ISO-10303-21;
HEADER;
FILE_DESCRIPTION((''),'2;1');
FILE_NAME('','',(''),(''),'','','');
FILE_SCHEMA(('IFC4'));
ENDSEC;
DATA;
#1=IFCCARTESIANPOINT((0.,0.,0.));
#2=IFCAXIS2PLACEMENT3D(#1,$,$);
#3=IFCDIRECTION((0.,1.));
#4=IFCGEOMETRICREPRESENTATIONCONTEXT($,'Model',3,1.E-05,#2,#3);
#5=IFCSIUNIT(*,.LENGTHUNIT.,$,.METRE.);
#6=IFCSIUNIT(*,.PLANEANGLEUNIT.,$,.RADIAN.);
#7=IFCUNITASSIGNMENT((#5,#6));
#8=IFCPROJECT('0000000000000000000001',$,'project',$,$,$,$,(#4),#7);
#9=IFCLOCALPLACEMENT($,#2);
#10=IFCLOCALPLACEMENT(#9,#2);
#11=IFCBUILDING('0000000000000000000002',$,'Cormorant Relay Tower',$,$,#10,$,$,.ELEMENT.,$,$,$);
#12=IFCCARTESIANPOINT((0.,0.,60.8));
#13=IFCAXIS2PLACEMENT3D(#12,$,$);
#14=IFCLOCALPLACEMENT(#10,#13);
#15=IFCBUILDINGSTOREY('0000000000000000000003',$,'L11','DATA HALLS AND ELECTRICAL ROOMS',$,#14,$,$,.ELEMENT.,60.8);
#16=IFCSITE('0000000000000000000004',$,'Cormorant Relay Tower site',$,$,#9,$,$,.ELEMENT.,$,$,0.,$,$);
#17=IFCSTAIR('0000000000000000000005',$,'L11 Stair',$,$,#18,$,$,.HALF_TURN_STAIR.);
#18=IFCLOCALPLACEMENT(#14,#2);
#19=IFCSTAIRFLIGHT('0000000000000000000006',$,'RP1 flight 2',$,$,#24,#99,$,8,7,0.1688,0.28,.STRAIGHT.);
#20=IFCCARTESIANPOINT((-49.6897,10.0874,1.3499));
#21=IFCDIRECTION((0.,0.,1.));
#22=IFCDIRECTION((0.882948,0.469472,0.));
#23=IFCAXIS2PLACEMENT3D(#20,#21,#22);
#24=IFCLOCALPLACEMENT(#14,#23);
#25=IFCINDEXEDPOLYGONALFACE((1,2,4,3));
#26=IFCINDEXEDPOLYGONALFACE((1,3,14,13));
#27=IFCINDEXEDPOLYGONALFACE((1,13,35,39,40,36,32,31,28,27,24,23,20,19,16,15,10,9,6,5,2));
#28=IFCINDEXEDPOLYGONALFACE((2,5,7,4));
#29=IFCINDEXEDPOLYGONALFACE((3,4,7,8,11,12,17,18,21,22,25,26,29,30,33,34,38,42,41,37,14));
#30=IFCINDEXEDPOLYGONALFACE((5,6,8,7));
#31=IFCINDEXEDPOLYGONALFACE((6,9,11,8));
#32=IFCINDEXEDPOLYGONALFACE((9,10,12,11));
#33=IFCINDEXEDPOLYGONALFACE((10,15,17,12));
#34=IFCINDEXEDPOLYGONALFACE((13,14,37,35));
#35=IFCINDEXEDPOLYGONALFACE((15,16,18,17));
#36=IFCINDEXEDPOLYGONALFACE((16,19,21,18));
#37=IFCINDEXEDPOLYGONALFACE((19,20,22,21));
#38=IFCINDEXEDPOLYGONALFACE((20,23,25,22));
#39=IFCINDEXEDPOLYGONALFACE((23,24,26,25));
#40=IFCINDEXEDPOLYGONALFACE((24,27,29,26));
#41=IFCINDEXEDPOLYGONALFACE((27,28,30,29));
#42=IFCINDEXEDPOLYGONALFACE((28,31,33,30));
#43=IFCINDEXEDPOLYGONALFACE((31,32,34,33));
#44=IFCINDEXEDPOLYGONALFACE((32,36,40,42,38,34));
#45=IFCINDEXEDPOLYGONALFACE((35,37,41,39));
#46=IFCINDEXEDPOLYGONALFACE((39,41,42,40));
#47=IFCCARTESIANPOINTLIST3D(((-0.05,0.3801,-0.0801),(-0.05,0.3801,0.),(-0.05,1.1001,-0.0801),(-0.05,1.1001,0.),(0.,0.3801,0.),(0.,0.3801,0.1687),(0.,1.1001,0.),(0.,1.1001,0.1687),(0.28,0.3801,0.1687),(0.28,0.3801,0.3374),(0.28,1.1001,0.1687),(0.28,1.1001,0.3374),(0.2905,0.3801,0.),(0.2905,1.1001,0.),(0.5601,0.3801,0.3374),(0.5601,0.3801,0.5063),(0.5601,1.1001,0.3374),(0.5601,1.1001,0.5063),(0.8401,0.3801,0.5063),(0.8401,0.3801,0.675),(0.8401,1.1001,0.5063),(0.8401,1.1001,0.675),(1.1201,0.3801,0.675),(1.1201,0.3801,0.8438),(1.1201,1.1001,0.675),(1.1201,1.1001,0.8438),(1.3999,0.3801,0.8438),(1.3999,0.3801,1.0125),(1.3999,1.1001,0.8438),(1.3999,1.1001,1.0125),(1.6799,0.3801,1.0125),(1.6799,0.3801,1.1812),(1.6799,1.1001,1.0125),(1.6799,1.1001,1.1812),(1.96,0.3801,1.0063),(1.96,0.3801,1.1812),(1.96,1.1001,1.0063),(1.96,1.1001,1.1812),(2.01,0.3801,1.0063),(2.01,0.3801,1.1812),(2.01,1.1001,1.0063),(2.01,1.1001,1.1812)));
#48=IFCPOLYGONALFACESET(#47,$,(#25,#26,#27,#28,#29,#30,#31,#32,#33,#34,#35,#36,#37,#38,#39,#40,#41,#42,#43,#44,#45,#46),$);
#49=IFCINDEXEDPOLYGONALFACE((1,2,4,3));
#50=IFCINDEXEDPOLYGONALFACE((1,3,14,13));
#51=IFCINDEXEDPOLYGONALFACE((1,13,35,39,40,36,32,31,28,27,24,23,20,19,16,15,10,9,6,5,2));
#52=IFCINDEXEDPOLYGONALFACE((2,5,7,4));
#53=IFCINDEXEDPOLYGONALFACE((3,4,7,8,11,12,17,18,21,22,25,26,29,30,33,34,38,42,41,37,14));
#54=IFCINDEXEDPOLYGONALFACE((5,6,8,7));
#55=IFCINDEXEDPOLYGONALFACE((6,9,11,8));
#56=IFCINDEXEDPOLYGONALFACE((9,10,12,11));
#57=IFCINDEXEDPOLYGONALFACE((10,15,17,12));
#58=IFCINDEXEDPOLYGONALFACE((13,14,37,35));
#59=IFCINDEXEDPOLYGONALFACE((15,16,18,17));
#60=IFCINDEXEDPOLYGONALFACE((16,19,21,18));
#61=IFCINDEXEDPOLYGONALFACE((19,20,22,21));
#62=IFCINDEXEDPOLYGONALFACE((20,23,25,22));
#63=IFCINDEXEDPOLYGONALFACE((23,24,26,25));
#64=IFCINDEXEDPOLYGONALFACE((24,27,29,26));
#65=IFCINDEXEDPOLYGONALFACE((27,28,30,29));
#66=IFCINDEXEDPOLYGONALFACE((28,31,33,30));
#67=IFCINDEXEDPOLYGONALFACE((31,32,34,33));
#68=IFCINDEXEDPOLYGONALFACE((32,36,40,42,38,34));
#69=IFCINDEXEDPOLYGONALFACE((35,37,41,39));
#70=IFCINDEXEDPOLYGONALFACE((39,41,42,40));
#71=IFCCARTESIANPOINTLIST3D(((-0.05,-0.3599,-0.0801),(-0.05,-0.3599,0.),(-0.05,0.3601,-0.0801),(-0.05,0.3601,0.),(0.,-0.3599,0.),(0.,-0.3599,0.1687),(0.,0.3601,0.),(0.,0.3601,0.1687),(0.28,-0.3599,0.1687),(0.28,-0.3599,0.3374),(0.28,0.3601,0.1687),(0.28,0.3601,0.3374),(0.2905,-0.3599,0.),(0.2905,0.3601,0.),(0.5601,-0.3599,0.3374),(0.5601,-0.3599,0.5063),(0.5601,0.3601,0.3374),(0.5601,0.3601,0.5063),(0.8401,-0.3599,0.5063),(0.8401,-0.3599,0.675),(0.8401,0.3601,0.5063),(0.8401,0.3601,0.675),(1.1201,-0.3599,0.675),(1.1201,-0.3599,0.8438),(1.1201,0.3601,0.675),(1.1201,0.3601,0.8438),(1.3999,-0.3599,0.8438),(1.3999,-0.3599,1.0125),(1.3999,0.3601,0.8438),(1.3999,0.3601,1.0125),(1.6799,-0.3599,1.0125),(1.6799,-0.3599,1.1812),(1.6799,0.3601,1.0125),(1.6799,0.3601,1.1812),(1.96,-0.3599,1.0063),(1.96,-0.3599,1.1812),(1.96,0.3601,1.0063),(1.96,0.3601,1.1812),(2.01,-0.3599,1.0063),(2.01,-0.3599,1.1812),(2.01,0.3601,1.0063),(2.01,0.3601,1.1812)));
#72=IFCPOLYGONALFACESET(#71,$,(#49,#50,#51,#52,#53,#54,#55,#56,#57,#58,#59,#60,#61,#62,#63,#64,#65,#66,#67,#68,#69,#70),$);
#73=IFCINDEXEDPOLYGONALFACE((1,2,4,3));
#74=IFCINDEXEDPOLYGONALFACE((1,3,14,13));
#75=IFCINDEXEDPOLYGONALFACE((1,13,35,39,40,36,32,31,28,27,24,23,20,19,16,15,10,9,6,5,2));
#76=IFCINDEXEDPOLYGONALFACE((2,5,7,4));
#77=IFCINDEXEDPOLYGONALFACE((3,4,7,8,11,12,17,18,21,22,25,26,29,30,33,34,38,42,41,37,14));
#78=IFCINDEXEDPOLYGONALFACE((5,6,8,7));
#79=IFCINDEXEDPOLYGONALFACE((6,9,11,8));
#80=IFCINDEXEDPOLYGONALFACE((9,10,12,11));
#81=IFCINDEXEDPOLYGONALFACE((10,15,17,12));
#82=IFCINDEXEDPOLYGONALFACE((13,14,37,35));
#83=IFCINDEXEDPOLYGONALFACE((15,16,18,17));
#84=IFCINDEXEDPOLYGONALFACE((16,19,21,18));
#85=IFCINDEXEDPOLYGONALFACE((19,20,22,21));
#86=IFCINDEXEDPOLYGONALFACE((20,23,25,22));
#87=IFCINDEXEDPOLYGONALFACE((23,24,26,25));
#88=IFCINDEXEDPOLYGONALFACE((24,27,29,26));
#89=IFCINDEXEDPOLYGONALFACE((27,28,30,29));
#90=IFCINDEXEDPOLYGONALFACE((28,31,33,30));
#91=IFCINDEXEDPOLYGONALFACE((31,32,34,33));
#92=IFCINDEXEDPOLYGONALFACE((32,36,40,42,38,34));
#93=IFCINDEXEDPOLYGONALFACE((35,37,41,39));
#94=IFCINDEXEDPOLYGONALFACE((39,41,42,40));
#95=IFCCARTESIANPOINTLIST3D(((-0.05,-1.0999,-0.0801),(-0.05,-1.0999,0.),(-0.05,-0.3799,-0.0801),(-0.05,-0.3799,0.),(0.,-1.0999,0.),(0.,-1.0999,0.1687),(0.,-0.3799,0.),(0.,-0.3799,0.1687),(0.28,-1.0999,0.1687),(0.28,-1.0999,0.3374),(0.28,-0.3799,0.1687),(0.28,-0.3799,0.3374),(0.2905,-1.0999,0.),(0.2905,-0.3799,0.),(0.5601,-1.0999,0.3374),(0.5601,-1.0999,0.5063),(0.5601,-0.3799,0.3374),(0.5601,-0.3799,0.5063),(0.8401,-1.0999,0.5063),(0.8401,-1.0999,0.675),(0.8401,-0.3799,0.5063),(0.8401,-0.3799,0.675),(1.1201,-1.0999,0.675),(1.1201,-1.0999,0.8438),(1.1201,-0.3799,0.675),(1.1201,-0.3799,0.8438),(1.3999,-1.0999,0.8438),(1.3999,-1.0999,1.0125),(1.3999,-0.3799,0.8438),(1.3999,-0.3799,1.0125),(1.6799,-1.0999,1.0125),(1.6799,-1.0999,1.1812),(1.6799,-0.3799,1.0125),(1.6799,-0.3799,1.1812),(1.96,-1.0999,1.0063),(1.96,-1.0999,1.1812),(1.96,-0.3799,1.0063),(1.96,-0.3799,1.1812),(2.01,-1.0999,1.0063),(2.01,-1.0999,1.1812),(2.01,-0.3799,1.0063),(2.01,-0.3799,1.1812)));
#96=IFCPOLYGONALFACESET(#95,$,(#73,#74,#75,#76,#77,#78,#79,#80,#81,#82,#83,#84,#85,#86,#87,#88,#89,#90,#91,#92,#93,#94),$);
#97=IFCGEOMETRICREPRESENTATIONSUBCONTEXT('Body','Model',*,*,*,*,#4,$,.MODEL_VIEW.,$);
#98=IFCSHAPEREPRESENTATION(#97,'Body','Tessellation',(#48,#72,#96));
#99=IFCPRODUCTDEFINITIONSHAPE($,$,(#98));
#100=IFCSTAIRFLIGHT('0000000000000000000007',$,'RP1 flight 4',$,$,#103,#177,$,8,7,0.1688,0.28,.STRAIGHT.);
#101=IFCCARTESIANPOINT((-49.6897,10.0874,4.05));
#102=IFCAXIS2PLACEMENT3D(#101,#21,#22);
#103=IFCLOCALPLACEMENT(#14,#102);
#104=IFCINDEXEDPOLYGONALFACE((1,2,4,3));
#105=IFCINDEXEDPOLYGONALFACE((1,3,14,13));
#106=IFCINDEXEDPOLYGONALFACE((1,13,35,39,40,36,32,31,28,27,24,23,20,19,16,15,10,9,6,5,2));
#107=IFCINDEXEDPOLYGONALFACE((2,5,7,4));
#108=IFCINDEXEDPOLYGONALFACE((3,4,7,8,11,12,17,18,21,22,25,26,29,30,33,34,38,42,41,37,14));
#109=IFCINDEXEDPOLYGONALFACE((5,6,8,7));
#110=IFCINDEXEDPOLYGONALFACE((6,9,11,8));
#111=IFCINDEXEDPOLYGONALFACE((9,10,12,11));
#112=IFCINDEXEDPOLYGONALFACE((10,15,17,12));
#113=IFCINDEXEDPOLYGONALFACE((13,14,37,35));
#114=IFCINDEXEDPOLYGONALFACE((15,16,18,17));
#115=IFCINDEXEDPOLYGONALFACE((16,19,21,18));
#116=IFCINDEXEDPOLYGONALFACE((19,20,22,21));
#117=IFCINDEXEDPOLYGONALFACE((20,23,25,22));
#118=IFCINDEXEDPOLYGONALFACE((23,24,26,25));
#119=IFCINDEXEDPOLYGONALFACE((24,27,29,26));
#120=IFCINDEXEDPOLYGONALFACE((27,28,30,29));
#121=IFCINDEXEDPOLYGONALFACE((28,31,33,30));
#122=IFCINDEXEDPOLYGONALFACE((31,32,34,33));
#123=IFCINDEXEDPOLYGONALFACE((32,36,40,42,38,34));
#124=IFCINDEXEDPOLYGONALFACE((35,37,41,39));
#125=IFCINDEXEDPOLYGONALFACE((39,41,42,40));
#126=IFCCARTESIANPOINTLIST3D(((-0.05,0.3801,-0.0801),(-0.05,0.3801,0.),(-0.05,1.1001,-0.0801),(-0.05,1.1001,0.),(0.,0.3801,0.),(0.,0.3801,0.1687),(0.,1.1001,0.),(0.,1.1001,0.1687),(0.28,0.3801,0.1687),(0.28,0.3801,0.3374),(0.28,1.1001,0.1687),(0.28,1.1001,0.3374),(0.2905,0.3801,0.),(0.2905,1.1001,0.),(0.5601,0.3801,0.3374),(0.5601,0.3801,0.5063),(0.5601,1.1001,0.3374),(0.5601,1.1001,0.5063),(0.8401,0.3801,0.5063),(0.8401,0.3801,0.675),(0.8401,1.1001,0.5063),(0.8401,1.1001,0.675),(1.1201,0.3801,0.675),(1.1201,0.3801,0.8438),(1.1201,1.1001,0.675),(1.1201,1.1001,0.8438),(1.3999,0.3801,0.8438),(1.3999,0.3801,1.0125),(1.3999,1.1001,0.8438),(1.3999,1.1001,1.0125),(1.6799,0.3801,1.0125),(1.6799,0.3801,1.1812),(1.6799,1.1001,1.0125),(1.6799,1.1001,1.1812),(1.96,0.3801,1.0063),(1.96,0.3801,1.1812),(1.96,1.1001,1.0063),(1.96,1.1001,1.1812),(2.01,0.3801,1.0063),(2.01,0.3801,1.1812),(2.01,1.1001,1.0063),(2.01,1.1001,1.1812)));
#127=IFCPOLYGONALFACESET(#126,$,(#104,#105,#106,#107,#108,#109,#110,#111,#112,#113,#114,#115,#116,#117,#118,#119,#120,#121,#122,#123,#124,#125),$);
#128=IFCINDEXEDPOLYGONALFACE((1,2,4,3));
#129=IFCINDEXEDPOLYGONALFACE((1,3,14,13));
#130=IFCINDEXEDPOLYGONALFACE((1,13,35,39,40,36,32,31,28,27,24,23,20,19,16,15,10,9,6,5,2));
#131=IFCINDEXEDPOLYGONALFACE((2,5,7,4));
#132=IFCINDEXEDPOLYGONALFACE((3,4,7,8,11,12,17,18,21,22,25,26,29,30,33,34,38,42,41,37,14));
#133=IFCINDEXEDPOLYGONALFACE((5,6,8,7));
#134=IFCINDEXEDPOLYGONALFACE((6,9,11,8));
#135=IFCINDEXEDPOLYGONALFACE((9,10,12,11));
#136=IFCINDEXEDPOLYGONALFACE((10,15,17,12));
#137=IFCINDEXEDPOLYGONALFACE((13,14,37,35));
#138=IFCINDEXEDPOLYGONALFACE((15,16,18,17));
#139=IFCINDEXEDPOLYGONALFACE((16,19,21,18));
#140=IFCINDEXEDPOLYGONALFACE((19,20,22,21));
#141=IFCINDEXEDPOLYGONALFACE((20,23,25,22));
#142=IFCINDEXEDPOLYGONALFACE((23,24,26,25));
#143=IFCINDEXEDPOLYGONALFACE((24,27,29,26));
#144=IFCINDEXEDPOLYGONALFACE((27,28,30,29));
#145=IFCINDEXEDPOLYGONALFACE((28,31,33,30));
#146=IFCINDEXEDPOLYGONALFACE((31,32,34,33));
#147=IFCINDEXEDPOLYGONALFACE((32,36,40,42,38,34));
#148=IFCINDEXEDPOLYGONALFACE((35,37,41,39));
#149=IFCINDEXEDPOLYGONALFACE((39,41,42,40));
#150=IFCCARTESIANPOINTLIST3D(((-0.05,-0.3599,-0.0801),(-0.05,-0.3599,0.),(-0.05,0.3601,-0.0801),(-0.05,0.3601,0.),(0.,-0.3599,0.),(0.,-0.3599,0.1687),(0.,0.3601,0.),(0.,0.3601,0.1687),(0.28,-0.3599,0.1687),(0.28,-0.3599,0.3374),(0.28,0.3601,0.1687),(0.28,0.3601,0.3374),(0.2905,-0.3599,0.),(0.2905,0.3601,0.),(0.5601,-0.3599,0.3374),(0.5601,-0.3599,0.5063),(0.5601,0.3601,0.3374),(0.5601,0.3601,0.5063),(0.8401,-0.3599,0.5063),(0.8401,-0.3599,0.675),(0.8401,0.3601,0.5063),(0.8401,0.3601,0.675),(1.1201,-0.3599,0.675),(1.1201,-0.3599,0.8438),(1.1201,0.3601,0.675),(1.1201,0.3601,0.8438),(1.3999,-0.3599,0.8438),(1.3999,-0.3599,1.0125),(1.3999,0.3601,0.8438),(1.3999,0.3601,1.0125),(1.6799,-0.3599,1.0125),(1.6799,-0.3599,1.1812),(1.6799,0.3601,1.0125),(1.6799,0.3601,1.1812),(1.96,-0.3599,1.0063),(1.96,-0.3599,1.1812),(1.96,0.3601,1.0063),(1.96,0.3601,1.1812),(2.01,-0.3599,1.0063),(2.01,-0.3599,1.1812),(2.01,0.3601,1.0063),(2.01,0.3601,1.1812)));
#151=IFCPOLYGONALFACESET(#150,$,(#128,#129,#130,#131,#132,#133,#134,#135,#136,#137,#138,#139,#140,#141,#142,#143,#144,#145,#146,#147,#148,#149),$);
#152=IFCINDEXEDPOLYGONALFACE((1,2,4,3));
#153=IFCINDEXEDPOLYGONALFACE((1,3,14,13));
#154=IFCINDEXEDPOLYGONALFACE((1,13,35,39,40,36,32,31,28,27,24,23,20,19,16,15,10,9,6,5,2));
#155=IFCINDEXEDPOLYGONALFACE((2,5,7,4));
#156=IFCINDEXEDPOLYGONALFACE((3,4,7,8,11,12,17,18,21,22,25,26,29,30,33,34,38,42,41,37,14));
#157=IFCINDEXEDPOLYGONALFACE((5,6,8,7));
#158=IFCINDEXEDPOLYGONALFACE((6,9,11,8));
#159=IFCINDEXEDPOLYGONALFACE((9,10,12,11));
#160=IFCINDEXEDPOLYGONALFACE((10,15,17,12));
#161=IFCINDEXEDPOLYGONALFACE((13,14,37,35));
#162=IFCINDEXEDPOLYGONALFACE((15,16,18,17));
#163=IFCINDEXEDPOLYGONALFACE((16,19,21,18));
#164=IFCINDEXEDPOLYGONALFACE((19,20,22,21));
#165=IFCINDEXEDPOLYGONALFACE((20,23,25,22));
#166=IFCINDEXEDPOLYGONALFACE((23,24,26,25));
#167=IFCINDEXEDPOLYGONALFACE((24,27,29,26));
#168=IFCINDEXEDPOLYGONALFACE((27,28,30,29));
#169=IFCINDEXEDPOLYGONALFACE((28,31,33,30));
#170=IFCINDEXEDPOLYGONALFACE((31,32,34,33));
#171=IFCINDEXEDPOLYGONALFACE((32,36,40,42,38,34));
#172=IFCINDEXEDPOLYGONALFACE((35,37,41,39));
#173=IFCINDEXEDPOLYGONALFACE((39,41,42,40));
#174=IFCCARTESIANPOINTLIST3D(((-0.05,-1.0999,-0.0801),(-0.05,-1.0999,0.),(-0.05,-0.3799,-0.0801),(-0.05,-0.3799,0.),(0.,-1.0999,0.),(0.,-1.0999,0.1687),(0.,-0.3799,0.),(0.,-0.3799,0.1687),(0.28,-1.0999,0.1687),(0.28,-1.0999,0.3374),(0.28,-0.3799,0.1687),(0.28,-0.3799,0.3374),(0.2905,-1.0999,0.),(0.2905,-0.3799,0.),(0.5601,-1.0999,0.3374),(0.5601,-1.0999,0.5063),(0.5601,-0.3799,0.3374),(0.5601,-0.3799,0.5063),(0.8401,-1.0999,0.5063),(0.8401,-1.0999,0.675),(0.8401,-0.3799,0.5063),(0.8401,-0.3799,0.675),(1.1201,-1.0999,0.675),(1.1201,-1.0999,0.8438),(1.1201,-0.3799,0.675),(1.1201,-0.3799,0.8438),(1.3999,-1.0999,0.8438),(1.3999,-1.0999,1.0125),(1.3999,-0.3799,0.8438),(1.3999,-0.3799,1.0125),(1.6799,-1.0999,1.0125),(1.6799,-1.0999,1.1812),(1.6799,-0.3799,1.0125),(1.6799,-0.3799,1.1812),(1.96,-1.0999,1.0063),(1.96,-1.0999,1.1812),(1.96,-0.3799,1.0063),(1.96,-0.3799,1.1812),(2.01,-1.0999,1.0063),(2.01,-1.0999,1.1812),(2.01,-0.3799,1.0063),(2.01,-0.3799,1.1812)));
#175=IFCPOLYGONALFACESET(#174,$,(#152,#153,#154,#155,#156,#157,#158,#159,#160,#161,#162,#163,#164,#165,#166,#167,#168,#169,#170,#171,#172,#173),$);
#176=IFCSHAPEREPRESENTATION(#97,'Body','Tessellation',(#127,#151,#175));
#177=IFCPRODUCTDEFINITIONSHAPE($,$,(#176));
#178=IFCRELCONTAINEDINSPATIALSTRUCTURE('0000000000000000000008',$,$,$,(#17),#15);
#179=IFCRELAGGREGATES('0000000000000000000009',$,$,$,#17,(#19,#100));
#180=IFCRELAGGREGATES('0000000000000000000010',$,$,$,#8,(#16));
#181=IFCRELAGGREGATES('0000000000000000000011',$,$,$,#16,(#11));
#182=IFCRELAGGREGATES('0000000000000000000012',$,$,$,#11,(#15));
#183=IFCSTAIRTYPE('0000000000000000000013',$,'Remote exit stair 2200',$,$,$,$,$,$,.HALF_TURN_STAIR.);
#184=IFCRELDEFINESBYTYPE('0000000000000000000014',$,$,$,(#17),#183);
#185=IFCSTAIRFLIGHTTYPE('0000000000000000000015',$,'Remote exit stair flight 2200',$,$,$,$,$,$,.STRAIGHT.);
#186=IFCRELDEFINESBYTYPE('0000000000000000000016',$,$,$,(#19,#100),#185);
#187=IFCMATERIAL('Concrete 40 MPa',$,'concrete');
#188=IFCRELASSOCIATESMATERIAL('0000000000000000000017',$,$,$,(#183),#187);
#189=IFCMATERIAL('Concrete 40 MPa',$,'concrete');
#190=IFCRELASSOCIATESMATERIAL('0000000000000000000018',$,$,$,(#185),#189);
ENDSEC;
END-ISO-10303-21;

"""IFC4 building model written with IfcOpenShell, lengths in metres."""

from ifc_helpers import new_model, si_unit, direction, frame, origin, place, context, subcontext, project, spatial, polyline, outline, extrude, material, type_object, element, aggregate, save


model = new_model("IFC4")

# Units and contexts
model_context = context("Model", 3, precision=1e-05, world=origin(), true_north=direction((0.0, 1.0)))
body_context = subcontext(model_context, "Body", "Model", "MODEL_VIEW")
ifc_project = project(units=[si_unit("LENGTHUNIT", "METRE"), si_unit("PLANEANGLEUNIT", "RADIAN")], contexts=[model_context])

# Site, building, storey
site_placement = place(None, origin())
site = spatial("IfcSite", under=ifc_project, at=site_placement, Name="Cormorant Relay Tower site", CompositionType="ELEMENT", RefElevation=0.0)
building_placement = place(site_placement, origin())
building = spatial("IfcBuilding", under=site, at=building_placement, Name="Cormorant Relay Tower", CompositionType="ELEMENT")
storey_placement = place(building_placement, frame((0.0, 0.0, 60.8)))
storey = spatial("IfcBuildingStorey", under=building, at=storey_placement, Name="L11", Description="DATA HALLS AND ELECTRICAL ROOMS", CompositionType="ELEMENT", Elevation=60.8)

# Stair, stair flights
ifc_material_1 = material(Name="Concrete 40 MPa", Category="concrete")
stair_type = type_object("IfcStairType", Name="Remote exit stair 2200", PredefinedType="HALF_TURN_STAIR", material=ifc_material_1)
stair_placement = place(storey_placement, origin())
stair = element("IfcStair", 1, at=stair_placement, inside=storey, type_object=stair_type, Name="L11 Stair", PredefinedType="HALF_TURN_STAIR")
ifc_material_2 = material(Name="Concrete 40 MPa", Category="concrete")
stair_flight_type = type_object("IfcStairFlightType", Name="Remote exit stair flight 2200", PredefinedType="STRAIGHT", material=ifc_material_2)
stair_flight_1_placement = place(storey_placement, frame((-49.6897, 10.0874, 1.3499), z_axis=(0.0, 0.0, 1.0), x_axis=(0.882948, 0.469472, 0.0)))
stair_flight_1 = element("IfcStairFlight", 2, at=stair_flight_1_placement, type_object=stair_flight_type, Name="RP1 flight 2", NumberOfRisers=8, NumberOfTreads=7, PredefinedType="STRAIGHT", RiserHeight=0.1688, TreadLength=0.28, context=body_context, shape_type="SweptSolid", body=[
    extrude(outline(polyline([(-0.05, -0.0801), (-0.05, 0.0), (0.0, 0.0), (0.0, 0.1687), (0.28, 0.1687), (0.28, 0.3374), (0.5601, 0.3374), (0.5601, 0.5063), (0.8401, 0.5063), (0.8401, 0.675), (1.1201, 0.675), (1.1201, 0.8438), (1.3999, 0.8438), (1.3999, 1.0125), (1.6799, 1.0125), (1.6799, 1.1812), (1.96, 1.1812), (2.01, 1.1812), (2.01, 1.0063), (1.96, 1.0063), (0.2905, 0.0), (-0.05, -0.0801)])), frame((0.0, 1.1001, 0.0), z_axis=(0.0, -1.0, 0.0), x_axis=(1.0, 0.0, 0.0)), (0.0, 0.0, 1.0), 0.72),
    extrude(outline(polyline([(-0.05, -0.0801), (-0.05, 0.0), (0.0, 0.0), (0.0, 0.1687), (0.28, 0.1687), (0.28, 0.3374), (0.5601, 0.3374), (0.5601, 0.5063), (0.8401, 0.5063), (0.8401, 0.675), (1.1201, 0.675), (1.1201, 0.8438), (1.3999, 0.8438), (1.3999, 1.0125), (1.6799, 1.0125), (1.6799, 1.1812), (1.96, 1.1812), (2.01, 1.1812), (2.01, 1.0063), (1.96, 1.0063), (0.2905, 0.0), (-0.05, -0.0801)])), frame((0.0, 0.3601, 0.0), z_axis=(0.0, -1.0, 0.0), x_axis=(1.0, 0.0, 0.0)), (0.0, 0.0, 1.0), 0.72),
    extrude(outline(polyline([(-0.05, -0.0801), (-0.05, 0.0), (0.0, 0.0), (0.0, 0.1687), (0.28, 0.1687), (0.28, 0.3374), (0.5601, 0.3374), (0.5601, 0.5063), (0.8401, 0.5063), (0.8401, 0.675), (1.1201, 0.675), (1.1201, 0.8438), (1.3999, 0.8438), (1.3999, 1.0125), (1.6799, 1.0125), (1.6799, 1.1812), (1.96, 1.1812), (2.01, 1.1812), (2.01, 1.0063), (1.96, 1.0063), (0.2905, 0.0), (-0.05, -0.0801)])), frame((0.0, -0.3799, 0.0), z_axis=(0.0, -1.0, 0.0), x_axis=(1.0, 0.0, 0.0)), (0.0, 0.0, 1.0), 0.72),
])
stair_flight_2_placement = place(storey_placement, frame((-49.6897, 10.0874, 4.05), z_axis=(0.0, 0.0, 1.0), x_axis=(0.882948, 0.469472, 0.0)))
stair_flight_2 = element("IfcStairFlight", 3, at=stair_flight_2_placement, type_object=stair_flight_type, Name="RP1 flight 4", NumberOfRisers=8, NumberOfTreads=7, PredefinedType="STRAIGHT", RiserHeight=0.1688, TreadLength=0.28, context=body_context, shape_type="SweptSolid", body=[
    extrude(outline(polyline([(-0.05, -0.0801), (-0.05, 0.0), (0.0, 0.0), (0.0, 0.1687), (0.28, 0.1687), (0.28, 0.3374), (0.5601, 0.3374), (0.5601, 0.5063), (0.8401, 0.5063), (0.8401, 0.675), (1.1201, 0.675), (1.1201, 0.8438), (1.3999, 0.8438), (1.3999, 1.0125), (1.6799, 1.0125), (1.6799, 1.1812), (1.96, 1.1812), (2.01, 1.1812), (2.01, 1.0063), (1.96, 1.0063), (0.2905, 0.0), (-0.05, -0.0801)])), frame((0.0, 1.1001, 0.0), z_axis=(0.0, -1.0, 0.0), x_axis=(1.0, 0.0, 0.0)), (0.0, 0.0, 1.0), 0.72),
    extrude(outline(polyline([(-0.05, -0.0801), (-0.05, 0.0), (0.0, 0.0), (0.0, 0.1687), (0.28, 0.1687), (0.28, 0.3374), (0.5601, 0.3374), (0.5601, 0.5063), (0.8401, 0.5063), (0.8401, 0.675), (1.1201, 0.675), (1.1201, 0.8438), (1.3999, 0.8438), (1.3999, 1.0125), (1.6799, 1.0125), (1.6799, 1.1812), (1.96, 1.1812), (2.01, 1.1812), (2.01, 1.0063), (1.96, 1.0063), (0.2905, 0.0), (-0.05, -0.0801)])), frame((0.0, 0.3601, 0.0), z_axis=(0.0, -1.0, 0.0), x_axis=(1.0, 0.0, 0.0)), (0.0, 0.0, 1.0), 0.72),
    extrude(outline(polyline([(-0.05, -0.0801), (-0.05, 0.0), (0.0, 0.0), (0.0, 0.1687), (0.28, 0.1687), (0.28, 0.3374), (0.5601, 0.3374), (0.5601, 0.5063), (0.8401, 0.5063), (0.8401, 0.675), (1.1201, 0.675), (1.1201, 0.8438), (1.3999, 0.8438), (1.3999, 1.0125), (1.6799, 1.0125), (1.6799, 1.1812), (1.96, 1.1812), (2.01, 1.1812), (2.01, 1.0063), (1.96, 1.0063), (0.2905, 0.0), (-0.05, -0.0801)])), frame((0.0, -0.3799, 0.0), z_axis=(0.0, -1.0, 0.0), x_axis=(1.0, 0.0, 0.0)), (0.0, 0.0, 1.0), 0.72),
])
aggregate(stair, [stair_flight_1, stair_flight_2])

save(model, "model.ifc")
